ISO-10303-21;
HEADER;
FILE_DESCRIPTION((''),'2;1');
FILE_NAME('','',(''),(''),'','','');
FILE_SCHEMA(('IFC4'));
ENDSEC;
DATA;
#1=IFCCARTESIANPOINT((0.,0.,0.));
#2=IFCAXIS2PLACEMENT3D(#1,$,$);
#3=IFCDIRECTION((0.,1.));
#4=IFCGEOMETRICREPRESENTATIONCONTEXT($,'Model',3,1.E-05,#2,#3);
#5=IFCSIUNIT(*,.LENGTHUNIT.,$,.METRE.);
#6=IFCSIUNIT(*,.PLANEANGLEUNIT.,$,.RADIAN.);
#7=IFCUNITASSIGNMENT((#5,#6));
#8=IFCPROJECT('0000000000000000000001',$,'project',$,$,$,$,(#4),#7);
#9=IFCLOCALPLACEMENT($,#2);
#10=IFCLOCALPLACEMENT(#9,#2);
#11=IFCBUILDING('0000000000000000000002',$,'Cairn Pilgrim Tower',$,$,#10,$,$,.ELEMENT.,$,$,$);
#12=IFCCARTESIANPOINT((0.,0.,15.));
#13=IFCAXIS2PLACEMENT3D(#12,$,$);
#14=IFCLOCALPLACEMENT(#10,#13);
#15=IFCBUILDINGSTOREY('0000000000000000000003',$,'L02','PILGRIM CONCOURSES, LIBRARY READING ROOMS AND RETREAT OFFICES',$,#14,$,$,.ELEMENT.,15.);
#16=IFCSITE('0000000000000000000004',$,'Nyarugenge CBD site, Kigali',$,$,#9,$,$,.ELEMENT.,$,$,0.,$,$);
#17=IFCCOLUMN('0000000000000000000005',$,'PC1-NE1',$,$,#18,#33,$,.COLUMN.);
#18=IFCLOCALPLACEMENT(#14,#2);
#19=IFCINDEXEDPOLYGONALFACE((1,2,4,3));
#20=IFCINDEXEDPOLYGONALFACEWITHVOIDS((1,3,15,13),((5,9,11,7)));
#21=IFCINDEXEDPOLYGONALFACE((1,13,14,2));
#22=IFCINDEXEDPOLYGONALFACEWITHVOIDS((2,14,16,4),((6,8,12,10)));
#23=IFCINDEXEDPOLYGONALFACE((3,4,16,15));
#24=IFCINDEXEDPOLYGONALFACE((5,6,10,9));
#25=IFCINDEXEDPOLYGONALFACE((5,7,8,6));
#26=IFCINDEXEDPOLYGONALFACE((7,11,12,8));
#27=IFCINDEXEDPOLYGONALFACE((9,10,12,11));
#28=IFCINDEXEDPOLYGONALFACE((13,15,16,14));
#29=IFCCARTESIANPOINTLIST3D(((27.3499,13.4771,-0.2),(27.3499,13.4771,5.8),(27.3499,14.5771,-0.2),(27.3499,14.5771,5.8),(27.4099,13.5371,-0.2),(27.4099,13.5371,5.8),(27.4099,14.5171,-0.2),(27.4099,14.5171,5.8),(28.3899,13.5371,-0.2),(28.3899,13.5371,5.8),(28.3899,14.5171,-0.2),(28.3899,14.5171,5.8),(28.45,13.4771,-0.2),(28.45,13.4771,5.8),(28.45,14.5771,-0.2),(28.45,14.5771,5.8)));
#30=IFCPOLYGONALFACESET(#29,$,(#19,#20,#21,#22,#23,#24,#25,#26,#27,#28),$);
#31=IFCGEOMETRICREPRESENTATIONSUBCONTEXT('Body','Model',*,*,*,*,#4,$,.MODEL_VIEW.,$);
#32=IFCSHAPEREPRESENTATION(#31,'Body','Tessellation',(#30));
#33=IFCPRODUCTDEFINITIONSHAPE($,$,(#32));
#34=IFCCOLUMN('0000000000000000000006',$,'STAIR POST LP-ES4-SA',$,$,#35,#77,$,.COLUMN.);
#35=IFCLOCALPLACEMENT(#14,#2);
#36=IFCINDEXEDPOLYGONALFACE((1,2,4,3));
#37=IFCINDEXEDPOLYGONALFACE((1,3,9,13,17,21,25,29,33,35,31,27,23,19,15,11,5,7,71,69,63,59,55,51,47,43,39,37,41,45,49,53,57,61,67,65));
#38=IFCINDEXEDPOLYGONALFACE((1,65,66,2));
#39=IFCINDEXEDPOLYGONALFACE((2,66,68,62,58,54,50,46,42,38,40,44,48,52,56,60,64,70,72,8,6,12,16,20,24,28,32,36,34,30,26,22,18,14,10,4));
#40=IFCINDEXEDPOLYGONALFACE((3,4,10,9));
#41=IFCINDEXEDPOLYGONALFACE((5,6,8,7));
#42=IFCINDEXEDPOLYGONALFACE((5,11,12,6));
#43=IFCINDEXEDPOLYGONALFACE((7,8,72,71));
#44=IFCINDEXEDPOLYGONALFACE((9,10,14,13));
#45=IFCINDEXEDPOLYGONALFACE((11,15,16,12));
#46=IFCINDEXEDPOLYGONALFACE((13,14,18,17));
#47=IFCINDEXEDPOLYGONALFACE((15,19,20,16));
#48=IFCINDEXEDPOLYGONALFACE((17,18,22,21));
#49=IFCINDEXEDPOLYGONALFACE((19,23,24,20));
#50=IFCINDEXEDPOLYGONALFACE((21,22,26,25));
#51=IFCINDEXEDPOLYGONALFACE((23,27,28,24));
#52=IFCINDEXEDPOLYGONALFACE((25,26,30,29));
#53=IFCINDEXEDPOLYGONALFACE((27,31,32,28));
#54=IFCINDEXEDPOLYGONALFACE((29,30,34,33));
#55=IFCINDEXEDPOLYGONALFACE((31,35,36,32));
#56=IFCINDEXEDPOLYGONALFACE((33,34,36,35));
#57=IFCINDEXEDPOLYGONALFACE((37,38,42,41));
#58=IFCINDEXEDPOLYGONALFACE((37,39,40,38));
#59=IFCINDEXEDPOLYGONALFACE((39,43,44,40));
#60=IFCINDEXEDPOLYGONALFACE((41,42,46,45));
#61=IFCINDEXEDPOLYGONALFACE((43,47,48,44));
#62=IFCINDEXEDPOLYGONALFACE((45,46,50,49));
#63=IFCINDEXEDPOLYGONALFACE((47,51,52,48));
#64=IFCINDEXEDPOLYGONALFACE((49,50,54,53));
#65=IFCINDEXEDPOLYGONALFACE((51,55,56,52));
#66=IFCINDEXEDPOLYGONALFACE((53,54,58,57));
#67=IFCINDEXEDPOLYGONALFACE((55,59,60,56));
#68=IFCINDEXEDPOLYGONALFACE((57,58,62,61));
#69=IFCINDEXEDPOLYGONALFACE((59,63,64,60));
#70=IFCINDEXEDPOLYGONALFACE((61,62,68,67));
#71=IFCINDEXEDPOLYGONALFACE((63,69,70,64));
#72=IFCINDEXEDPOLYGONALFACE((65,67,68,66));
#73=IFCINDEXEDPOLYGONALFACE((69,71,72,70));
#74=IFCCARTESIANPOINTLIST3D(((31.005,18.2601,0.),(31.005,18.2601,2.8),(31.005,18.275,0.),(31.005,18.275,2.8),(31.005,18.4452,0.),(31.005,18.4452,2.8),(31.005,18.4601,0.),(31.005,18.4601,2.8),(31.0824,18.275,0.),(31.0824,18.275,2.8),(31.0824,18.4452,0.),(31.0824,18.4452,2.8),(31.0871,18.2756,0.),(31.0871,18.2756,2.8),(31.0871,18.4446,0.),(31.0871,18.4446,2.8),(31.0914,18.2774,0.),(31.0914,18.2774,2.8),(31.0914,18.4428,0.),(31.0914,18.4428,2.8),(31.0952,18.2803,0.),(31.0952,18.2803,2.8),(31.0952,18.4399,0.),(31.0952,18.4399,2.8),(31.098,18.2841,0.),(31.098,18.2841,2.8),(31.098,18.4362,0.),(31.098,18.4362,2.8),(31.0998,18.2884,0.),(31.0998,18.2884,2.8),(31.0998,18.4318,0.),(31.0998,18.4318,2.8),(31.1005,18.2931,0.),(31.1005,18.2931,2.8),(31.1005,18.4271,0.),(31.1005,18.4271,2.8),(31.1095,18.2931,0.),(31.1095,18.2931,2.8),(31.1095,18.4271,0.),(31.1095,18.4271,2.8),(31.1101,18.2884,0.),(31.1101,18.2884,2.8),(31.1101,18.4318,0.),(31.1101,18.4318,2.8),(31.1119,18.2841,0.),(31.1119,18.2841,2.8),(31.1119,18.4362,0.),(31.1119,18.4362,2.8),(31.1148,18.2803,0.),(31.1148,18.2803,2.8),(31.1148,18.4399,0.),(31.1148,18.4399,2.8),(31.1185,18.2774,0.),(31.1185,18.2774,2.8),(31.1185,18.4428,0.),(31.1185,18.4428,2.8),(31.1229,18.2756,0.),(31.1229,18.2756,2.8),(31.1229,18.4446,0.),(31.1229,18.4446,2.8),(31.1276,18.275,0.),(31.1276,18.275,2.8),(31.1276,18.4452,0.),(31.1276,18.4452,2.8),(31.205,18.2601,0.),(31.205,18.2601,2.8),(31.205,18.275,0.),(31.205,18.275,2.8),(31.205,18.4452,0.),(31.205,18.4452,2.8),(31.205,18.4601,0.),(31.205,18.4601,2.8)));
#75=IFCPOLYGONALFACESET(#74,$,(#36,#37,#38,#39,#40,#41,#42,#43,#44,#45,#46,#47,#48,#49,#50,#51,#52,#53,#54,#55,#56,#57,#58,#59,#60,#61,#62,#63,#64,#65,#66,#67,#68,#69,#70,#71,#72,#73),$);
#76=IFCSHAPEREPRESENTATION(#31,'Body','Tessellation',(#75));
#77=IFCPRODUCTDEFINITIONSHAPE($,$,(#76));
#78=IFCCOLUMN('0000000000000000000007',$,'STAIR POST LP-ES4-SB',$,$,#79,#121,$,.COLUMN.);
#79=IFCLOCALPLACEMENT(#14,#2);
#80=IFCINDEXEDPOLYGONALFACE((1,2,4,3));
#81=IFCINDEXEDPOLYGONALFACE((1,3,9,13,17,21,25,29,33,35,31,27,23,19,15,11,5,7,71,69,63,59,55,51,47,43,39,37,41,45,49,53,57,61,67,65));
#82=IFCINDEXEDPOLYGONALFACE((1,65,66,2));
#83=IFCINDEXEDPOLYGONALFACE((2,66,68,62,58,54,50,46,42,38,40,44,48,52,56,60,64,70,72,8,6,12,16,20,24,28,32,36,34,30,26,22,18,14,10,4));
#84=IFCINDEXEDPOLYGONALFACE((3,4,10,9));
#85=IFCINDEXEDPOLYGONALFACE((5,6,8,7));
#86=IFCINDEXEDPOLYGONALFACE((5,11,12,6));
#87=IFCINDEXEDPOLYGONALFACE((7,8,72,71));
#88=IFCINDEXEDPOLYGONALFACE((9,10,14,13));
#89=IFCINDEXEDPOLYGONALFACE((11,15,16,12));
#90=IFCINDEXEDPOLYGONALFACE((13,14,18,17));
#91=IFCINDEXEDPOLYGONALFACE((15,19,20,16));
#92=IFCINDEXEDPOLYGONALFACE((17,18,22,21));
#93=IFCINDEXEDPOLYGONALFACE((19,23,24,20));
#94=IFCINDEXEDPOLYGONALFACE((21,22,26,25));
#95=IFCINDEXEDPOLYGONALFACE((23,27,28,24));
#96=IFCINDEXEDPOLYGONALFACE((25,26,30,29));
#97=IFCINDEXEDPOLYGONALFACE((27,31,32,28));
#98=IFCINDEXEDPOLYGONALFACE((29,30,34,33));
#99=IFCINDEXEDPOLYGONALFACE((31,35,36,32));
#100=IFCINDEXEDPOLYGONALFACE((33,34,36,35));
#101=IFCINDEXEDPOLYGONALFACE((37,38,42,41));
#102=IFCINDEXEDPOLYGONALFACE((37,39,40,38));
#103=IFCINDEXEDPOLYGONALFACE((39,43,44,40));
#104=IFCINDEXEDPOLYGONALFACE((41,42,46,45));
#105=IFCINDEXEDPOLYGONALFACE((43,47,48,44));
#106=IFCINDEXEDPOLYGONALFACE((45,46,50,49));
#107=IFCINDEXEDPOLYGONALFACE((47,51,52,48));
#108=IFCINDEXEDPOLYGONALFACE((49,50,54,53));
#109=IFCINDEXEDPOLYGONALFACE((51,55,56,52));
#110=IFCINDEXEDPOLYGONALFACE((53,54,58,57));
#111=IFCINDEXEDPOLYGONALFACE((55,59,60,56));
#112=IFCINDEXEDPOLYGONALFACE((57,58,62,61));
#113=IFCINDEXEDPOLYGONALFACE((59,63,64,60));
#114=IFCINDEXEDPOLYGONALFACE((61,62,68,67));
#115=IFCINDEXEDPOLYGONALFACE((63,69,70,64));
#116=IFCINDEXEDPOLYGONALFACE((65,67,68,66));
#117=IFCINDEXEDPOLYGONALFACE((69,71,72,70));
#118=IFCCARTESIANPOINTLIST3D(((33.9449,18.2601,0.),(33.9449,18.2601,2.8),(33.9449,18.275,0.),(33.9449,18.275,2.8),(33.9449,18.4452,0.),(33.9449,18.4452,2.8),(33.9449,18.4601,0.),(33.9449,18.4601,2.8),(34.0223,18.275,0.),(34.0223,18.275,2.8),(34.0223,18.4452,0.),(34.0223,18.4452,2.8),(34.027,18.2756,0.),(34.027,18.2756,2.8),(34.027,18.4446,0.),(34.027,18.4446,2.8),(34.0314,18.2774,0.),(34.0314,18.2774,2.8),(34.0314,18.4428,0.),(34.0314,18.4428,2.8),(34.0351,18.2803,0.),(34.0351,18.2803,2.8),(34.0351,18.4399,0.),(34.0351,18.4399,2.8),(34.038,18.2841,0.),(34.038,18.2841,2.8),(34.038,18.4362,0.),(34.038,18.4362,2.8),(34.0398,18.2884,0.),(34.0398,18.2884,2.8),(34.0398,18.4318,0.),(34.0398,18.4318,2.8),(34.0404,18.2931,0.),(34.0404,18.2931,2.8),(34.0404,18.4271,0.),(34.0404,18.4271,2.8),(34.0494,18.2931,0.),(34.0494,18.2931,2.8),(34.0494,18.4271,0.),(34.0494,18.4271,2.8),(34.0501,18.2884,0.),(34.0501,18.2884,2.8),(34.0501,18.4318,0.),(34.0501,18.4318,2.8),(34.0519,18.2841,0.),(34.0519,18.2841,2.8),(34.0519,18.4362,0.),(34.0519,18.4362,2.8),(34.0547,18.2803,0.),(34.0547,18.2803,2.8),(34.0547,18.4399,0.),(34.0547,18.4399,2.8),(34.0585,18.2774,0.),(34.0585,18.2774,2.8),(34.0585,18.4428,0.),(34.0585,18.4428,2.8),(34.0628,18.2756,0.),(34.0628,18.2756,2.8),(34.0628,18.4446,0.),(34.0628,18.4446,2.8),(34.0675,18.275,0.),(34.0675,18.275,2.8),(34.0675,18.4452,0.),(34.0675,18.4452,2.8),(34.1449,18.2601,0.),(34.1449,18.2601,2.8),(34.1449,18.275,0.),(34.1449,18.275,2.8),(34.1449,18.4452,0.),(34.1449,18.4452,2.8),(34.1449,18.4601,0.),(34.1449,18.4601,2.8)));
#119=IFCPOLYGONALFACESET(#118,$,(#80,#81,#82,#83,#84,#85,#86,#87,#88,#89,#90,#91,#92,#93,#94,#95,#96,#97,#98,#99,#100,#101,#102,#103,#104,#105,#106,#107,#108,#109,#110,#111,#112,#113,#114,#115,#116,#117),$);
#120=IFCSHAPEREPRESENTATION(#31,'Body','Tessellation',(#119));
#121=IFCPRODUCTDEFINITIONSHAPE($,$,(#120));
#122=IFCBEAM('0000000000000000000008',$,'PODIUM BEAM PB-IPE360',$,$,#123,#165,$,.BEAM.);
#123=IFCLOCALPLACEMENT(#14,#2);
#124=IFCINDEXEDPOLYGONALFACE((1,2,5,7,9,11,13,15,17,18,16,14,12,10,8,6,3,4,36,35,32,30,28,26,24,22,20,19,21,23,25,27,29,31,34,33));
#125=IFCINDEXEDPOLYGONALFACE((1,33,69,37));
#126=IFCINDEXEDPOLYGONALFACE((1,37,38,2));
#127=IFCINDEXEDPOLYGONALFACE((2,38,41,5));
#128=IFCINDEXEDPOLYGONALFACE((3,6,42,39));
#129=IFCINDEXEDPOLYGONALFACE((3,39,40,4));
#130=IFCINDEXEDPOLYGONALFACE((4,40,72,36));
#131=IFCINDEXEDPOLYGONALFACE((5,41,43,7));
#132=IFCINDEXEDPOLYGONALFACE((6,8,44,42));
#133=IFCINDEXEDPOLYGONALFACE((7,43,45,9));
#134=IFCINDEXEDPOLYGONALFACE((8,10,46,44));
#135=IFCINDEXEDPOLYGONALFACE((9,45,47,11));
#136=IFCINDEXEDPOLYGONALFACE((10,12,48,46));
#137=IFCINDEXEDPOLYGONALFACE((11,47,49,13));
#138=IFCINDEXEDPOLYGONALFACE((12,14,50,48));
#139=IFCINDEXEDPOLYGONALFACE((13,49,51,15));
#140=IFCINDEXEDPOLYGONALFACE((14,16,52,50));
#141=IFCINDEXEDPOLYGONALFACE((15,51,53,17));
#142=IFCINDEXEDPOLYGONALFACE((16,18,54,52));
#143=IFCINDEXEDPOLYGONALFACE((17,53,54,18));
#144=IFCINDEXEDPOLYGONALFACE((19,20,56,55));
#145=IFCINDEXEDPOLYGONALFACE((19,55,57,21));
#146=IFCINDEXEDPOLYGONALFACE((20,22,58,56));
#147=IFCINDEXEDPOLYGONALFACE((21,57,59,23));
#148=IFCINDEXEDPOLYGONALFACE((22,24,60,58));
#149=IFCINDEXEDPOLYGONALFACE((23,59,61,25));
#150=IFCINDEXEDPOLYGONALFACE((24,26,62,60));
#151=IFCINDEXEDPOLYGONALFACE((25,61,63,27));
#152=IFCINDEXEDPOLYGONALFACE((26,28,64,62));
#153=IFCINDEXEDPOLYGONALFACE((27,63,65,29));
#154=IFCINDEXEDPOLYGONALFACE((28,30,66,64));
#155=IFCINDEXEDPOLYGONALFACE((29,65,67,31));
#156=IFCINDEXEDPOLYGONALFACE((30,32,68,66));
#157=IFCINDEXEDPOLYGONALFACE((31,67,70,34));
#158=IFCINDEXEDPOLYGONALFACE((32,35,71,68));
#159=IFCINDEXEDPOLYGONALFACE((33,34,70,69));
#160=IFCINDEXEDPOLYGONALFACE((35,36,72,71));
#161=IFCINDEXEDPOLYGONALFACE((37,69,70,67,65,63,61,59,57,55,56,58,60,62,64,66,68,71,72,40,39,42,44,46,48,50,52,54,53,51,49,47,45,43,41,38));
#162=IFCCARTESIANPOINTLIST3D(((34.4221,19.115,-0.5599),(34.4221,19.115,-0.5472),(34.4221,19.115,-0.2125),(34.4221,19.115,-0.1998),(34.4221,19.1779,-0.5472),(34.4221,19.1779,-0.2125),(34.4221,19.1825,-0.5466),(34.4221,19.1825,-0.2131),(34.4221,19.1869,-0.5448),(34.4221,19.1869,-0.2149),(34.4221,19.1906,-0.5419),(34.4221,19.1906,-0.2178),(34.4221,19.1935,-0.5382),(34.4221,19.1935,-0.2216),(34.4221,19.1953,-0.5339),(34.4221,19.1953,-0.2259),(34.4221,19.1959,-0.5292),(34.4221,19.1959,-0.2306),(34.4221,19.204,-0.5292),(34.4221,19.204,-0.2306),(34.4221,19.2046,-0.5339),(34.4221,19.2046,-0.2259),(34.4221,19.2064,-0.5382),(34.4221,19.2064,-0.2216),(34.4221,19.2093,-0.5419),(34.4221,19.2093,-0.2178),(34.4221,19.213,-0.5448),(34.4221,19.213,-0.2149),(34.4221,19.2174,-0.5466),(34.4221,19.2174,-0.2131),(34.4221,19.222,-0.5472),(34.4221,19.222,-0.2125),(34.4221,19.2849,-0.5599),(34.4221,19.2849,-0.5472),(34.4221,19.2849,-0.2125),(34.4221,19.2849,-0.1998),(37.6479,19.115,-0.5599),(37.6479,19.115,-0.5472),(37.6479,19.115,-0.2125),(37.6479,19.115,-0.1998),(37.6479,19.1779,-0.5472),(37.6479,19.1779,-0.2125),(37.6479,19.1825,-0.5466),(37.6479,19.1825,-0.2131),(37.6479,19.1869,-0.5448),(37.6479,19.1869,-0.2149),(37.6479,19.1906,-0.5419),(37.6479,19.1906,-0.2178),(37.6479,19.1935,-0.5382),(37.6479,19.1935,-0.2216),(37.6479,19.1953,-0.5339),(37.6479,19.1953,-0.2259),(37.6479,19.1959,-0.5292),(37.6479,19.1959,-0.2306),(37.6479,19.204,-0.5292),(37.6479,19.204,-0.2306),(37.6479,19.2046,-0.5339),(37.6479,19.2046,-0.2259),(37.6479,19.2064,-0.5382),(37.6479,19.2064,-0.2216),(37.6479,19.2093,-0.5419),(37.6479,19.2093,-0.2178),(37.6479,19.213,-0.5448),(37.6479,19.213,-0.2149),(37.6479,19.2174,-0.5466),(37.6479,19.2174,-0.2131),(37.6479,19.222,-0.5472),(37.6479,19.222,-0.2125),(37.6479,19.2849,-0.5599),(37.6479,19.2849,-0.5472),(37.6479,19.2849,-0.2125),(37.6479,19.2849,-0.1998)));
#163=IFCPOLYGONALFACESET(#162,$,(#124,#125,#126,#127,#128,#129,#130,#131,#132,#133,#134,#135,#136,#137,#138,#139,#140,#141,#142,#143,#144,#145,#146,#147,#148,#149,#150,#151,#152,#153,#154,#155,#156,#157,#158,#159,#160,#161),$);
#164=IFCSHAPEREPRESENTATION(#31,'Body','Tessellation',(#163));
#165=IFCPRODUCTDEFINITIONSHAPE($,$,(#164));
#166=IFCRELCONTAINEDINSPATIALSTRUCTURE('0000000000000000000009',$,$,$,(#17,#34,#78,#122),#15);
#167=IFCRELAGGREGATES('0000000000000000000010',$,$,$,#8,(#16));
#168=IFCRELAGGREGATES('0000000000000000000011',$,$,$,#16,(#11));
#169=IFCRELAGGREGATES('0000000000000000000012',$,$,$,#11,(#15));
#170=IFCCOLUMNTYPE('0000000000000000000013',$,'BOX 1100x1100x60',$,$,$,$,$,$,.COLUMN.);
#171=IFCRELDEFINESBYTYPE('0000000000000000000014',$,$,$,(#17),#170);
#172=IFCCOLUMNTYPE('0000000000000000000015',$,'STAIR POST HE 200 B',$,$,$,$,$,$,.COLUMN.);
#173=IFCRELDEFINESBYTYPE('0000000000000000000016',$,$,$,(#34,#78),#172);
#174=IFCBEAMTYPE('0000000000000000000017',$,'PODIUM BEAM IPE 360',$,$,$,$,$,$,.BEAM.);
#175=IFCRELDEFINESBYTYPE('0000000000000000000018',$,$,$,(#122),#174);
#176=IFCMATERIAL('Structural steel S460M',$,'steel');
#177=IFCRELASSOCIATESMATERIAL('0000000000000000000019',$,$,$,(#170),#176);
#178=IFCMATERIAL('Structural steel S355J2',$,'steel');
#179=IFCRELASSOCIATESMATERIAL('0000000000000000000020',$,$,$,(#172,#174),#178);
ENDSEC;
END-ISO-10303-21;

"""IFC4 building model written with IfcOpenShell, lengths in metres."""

from ifc_helpers import new_model, si_unit, direction, frame, origin, origin_2d, place, context, subcontext, project, spatial, hollow_rectangle, i_section, extrude, material, material_profile, profile_set, type_object, element, save


model = new_model("IFC4")

# Units and contexts
model_context = context("Model", 3, precision=1e-05, world=origin(), true_north=direction((0.0, 1.0)))
body_context = subcontext(model_context, "Body", "Model", "MODEL_VIEW")
ifc_project = project(units=[si_unit("LENGTHUNIT", "METRE"), si_unit("PLANEANGLEUNIT", "RADIAN")], contexts=[model_context])

# Site, building, storey
site_placement = place(None, origin())
site = spatial("IfcSite", under=ifc_project, at=site_placement, Name="Nyarugenge CBD site, Kigali", CompositionType="ELEMENT", RefElevation=0.0)
building_placement = place(site_placement, origin())
building = spatial("IfcBuilding", under=site, at=building_placement, Name="Cairn Pilgrim Tower", CompositionType="ELEMENT")
storey_placement = place(building_placement, frame((0.0, 0.0, 15.0)))
storey = spatial("IfcBuildingStorey", under=building, at=storey_placement, Name="L02", Description="PILGRIM CONCOURSES, LIBRARY READING ROOMS AND RETREAT OFFICES", CompositionType="ELEMENT", Elevation=15.0)

# Columns
ifc_material_1 = material(Name="Structural steel S460M", Category="steel")
ifc_material_profile_1 = material_profile(ifc_material_1, hollow_rectangle(XDim=1.1001, YDim=1.1001, WallThickness=0.0601, at=origin_2d()), Name="BOX 1100x1100x60")
ifc_profile_set_1 = profile_set([ifc_material_profile_1], Name="Structural steel S460M")
column_type_1 = type_object("IfcColumnType", Name="BOX 1100x1100x60", PredefinedType="COLUMN", material=ifc_profile_set_1)
column_placement = place(storey_placement, frame((27.8999, 14.0271, -0.2), z_axis=(0.0, 0.0, 1.0), x_axis=(1.0, 0.0, 0.0)))
element("IfcColumn", 1, at=column_placement, inside=storey, type_object=column_type_1, Name="PC1-NE1", PredefinedType="COLUMN", context=body_context, shape_type="SweptSolid", body=[
    extrude(hollow_rectangle(XDim=1.1001, YDim=1.1001, WallThickness=0.0601, at=origin_2d()), origin(), (0.0, 0.0, 1.0), 6.0),
])
ifc_material_2 = material(Name="Structural steel S355J2", Category="steel")
ifc_material_profile_2 = material_profile(ifc_material_2, i_section(OverallWidth=0.2, OverallDepth=0.2, WebThickness=0.009, FlangeThickness=0.0149, FilletRadius=0.0181, at=origin_2d()), Name="HE 200 B")
ifc_profile_set_2 = profile_set([ifc_material_profile_2], Name="Structural steel S355J2")
column_type_2 = type_object("IfcColumnType", Name="STAIR POST HE 200 B", PredefinedType="COLUMN", material=ifc_profile_set_2)
for number, where, z_axis, x_axis, name in (
    (2, (31.105, 18.3601, 0.0), (0.0, 0.0, 1.0), (1.0, 0.0, 0.0), "STAIR POST LP-ES4-SA"),
    (3, (34.0449, 18.3601, 0.0), (0.0, 0.0, 1.0), (1.0, 0.0, 0.0), "STAIR POST LP-ES4-SB"),
):
    element("IfcColumn", number, at=place(storey_placement, frame(where, z_axis=z_axis, x_axis=x_axis)), inside=storey, type_object=column_type_2, Name=name, PredefinedType="COLUMN", context=body_context, shape_type="SweptSolid", body=[
        extrude(i_section(OverallWidth=0.2, OverallDepth=0.2, WebThickness=0.009, FlangeThickness=0.0149, FilletRadius=0.0181, at=origin_2d()), origin(), (0.0, 0.0, 1.0), 2.8),
    ])

# Beam
ifc_material_profile_3 = material_profile(ifc_material_2, i_section(OverallWidth=0.1699, OverallDepth=0.3601, WebThickness=0.0081, FlangeThickness=0.0127, FilletRadius=0.0181, at=origin_2d()), Name="IPE 360")
ifc_profile_set_3 = profile_set([ifc_material_profile_3], Name="Structural steel S355J2")
beam_type_1 = type_object("IfcBeamType", Name="PODIUM BEAM IPE 360", PredefinedType="BEAM", material=ifc_profile_set_3)
beam_1_placement = place(storey_placement, frame((34.4221, 19.2, -0.3799), z_axis=(1.0, 0.0, 0.0), x_axis=(0.0, 1.0, 0.0)))
element("IfcBeam", 4, at=beam_1_placement, inside=storey, type_object=beam_type_1, Name="PODIUM BEAM PB-IPE360", PredefinedType="BEAM", context=body_context, shape_type="SweptSolid", body=[
    extrude(i_section(OverallWidth=0.1699, OverallDepth=0.3601, WebThickness=0.0081, FlangeThickness=0.0127, FilletRadius=0.0181, at=origin_2d()), origin(), (0.0, 0.0, 1.0), 3.2258),
])

save(model, "model.ifc")
